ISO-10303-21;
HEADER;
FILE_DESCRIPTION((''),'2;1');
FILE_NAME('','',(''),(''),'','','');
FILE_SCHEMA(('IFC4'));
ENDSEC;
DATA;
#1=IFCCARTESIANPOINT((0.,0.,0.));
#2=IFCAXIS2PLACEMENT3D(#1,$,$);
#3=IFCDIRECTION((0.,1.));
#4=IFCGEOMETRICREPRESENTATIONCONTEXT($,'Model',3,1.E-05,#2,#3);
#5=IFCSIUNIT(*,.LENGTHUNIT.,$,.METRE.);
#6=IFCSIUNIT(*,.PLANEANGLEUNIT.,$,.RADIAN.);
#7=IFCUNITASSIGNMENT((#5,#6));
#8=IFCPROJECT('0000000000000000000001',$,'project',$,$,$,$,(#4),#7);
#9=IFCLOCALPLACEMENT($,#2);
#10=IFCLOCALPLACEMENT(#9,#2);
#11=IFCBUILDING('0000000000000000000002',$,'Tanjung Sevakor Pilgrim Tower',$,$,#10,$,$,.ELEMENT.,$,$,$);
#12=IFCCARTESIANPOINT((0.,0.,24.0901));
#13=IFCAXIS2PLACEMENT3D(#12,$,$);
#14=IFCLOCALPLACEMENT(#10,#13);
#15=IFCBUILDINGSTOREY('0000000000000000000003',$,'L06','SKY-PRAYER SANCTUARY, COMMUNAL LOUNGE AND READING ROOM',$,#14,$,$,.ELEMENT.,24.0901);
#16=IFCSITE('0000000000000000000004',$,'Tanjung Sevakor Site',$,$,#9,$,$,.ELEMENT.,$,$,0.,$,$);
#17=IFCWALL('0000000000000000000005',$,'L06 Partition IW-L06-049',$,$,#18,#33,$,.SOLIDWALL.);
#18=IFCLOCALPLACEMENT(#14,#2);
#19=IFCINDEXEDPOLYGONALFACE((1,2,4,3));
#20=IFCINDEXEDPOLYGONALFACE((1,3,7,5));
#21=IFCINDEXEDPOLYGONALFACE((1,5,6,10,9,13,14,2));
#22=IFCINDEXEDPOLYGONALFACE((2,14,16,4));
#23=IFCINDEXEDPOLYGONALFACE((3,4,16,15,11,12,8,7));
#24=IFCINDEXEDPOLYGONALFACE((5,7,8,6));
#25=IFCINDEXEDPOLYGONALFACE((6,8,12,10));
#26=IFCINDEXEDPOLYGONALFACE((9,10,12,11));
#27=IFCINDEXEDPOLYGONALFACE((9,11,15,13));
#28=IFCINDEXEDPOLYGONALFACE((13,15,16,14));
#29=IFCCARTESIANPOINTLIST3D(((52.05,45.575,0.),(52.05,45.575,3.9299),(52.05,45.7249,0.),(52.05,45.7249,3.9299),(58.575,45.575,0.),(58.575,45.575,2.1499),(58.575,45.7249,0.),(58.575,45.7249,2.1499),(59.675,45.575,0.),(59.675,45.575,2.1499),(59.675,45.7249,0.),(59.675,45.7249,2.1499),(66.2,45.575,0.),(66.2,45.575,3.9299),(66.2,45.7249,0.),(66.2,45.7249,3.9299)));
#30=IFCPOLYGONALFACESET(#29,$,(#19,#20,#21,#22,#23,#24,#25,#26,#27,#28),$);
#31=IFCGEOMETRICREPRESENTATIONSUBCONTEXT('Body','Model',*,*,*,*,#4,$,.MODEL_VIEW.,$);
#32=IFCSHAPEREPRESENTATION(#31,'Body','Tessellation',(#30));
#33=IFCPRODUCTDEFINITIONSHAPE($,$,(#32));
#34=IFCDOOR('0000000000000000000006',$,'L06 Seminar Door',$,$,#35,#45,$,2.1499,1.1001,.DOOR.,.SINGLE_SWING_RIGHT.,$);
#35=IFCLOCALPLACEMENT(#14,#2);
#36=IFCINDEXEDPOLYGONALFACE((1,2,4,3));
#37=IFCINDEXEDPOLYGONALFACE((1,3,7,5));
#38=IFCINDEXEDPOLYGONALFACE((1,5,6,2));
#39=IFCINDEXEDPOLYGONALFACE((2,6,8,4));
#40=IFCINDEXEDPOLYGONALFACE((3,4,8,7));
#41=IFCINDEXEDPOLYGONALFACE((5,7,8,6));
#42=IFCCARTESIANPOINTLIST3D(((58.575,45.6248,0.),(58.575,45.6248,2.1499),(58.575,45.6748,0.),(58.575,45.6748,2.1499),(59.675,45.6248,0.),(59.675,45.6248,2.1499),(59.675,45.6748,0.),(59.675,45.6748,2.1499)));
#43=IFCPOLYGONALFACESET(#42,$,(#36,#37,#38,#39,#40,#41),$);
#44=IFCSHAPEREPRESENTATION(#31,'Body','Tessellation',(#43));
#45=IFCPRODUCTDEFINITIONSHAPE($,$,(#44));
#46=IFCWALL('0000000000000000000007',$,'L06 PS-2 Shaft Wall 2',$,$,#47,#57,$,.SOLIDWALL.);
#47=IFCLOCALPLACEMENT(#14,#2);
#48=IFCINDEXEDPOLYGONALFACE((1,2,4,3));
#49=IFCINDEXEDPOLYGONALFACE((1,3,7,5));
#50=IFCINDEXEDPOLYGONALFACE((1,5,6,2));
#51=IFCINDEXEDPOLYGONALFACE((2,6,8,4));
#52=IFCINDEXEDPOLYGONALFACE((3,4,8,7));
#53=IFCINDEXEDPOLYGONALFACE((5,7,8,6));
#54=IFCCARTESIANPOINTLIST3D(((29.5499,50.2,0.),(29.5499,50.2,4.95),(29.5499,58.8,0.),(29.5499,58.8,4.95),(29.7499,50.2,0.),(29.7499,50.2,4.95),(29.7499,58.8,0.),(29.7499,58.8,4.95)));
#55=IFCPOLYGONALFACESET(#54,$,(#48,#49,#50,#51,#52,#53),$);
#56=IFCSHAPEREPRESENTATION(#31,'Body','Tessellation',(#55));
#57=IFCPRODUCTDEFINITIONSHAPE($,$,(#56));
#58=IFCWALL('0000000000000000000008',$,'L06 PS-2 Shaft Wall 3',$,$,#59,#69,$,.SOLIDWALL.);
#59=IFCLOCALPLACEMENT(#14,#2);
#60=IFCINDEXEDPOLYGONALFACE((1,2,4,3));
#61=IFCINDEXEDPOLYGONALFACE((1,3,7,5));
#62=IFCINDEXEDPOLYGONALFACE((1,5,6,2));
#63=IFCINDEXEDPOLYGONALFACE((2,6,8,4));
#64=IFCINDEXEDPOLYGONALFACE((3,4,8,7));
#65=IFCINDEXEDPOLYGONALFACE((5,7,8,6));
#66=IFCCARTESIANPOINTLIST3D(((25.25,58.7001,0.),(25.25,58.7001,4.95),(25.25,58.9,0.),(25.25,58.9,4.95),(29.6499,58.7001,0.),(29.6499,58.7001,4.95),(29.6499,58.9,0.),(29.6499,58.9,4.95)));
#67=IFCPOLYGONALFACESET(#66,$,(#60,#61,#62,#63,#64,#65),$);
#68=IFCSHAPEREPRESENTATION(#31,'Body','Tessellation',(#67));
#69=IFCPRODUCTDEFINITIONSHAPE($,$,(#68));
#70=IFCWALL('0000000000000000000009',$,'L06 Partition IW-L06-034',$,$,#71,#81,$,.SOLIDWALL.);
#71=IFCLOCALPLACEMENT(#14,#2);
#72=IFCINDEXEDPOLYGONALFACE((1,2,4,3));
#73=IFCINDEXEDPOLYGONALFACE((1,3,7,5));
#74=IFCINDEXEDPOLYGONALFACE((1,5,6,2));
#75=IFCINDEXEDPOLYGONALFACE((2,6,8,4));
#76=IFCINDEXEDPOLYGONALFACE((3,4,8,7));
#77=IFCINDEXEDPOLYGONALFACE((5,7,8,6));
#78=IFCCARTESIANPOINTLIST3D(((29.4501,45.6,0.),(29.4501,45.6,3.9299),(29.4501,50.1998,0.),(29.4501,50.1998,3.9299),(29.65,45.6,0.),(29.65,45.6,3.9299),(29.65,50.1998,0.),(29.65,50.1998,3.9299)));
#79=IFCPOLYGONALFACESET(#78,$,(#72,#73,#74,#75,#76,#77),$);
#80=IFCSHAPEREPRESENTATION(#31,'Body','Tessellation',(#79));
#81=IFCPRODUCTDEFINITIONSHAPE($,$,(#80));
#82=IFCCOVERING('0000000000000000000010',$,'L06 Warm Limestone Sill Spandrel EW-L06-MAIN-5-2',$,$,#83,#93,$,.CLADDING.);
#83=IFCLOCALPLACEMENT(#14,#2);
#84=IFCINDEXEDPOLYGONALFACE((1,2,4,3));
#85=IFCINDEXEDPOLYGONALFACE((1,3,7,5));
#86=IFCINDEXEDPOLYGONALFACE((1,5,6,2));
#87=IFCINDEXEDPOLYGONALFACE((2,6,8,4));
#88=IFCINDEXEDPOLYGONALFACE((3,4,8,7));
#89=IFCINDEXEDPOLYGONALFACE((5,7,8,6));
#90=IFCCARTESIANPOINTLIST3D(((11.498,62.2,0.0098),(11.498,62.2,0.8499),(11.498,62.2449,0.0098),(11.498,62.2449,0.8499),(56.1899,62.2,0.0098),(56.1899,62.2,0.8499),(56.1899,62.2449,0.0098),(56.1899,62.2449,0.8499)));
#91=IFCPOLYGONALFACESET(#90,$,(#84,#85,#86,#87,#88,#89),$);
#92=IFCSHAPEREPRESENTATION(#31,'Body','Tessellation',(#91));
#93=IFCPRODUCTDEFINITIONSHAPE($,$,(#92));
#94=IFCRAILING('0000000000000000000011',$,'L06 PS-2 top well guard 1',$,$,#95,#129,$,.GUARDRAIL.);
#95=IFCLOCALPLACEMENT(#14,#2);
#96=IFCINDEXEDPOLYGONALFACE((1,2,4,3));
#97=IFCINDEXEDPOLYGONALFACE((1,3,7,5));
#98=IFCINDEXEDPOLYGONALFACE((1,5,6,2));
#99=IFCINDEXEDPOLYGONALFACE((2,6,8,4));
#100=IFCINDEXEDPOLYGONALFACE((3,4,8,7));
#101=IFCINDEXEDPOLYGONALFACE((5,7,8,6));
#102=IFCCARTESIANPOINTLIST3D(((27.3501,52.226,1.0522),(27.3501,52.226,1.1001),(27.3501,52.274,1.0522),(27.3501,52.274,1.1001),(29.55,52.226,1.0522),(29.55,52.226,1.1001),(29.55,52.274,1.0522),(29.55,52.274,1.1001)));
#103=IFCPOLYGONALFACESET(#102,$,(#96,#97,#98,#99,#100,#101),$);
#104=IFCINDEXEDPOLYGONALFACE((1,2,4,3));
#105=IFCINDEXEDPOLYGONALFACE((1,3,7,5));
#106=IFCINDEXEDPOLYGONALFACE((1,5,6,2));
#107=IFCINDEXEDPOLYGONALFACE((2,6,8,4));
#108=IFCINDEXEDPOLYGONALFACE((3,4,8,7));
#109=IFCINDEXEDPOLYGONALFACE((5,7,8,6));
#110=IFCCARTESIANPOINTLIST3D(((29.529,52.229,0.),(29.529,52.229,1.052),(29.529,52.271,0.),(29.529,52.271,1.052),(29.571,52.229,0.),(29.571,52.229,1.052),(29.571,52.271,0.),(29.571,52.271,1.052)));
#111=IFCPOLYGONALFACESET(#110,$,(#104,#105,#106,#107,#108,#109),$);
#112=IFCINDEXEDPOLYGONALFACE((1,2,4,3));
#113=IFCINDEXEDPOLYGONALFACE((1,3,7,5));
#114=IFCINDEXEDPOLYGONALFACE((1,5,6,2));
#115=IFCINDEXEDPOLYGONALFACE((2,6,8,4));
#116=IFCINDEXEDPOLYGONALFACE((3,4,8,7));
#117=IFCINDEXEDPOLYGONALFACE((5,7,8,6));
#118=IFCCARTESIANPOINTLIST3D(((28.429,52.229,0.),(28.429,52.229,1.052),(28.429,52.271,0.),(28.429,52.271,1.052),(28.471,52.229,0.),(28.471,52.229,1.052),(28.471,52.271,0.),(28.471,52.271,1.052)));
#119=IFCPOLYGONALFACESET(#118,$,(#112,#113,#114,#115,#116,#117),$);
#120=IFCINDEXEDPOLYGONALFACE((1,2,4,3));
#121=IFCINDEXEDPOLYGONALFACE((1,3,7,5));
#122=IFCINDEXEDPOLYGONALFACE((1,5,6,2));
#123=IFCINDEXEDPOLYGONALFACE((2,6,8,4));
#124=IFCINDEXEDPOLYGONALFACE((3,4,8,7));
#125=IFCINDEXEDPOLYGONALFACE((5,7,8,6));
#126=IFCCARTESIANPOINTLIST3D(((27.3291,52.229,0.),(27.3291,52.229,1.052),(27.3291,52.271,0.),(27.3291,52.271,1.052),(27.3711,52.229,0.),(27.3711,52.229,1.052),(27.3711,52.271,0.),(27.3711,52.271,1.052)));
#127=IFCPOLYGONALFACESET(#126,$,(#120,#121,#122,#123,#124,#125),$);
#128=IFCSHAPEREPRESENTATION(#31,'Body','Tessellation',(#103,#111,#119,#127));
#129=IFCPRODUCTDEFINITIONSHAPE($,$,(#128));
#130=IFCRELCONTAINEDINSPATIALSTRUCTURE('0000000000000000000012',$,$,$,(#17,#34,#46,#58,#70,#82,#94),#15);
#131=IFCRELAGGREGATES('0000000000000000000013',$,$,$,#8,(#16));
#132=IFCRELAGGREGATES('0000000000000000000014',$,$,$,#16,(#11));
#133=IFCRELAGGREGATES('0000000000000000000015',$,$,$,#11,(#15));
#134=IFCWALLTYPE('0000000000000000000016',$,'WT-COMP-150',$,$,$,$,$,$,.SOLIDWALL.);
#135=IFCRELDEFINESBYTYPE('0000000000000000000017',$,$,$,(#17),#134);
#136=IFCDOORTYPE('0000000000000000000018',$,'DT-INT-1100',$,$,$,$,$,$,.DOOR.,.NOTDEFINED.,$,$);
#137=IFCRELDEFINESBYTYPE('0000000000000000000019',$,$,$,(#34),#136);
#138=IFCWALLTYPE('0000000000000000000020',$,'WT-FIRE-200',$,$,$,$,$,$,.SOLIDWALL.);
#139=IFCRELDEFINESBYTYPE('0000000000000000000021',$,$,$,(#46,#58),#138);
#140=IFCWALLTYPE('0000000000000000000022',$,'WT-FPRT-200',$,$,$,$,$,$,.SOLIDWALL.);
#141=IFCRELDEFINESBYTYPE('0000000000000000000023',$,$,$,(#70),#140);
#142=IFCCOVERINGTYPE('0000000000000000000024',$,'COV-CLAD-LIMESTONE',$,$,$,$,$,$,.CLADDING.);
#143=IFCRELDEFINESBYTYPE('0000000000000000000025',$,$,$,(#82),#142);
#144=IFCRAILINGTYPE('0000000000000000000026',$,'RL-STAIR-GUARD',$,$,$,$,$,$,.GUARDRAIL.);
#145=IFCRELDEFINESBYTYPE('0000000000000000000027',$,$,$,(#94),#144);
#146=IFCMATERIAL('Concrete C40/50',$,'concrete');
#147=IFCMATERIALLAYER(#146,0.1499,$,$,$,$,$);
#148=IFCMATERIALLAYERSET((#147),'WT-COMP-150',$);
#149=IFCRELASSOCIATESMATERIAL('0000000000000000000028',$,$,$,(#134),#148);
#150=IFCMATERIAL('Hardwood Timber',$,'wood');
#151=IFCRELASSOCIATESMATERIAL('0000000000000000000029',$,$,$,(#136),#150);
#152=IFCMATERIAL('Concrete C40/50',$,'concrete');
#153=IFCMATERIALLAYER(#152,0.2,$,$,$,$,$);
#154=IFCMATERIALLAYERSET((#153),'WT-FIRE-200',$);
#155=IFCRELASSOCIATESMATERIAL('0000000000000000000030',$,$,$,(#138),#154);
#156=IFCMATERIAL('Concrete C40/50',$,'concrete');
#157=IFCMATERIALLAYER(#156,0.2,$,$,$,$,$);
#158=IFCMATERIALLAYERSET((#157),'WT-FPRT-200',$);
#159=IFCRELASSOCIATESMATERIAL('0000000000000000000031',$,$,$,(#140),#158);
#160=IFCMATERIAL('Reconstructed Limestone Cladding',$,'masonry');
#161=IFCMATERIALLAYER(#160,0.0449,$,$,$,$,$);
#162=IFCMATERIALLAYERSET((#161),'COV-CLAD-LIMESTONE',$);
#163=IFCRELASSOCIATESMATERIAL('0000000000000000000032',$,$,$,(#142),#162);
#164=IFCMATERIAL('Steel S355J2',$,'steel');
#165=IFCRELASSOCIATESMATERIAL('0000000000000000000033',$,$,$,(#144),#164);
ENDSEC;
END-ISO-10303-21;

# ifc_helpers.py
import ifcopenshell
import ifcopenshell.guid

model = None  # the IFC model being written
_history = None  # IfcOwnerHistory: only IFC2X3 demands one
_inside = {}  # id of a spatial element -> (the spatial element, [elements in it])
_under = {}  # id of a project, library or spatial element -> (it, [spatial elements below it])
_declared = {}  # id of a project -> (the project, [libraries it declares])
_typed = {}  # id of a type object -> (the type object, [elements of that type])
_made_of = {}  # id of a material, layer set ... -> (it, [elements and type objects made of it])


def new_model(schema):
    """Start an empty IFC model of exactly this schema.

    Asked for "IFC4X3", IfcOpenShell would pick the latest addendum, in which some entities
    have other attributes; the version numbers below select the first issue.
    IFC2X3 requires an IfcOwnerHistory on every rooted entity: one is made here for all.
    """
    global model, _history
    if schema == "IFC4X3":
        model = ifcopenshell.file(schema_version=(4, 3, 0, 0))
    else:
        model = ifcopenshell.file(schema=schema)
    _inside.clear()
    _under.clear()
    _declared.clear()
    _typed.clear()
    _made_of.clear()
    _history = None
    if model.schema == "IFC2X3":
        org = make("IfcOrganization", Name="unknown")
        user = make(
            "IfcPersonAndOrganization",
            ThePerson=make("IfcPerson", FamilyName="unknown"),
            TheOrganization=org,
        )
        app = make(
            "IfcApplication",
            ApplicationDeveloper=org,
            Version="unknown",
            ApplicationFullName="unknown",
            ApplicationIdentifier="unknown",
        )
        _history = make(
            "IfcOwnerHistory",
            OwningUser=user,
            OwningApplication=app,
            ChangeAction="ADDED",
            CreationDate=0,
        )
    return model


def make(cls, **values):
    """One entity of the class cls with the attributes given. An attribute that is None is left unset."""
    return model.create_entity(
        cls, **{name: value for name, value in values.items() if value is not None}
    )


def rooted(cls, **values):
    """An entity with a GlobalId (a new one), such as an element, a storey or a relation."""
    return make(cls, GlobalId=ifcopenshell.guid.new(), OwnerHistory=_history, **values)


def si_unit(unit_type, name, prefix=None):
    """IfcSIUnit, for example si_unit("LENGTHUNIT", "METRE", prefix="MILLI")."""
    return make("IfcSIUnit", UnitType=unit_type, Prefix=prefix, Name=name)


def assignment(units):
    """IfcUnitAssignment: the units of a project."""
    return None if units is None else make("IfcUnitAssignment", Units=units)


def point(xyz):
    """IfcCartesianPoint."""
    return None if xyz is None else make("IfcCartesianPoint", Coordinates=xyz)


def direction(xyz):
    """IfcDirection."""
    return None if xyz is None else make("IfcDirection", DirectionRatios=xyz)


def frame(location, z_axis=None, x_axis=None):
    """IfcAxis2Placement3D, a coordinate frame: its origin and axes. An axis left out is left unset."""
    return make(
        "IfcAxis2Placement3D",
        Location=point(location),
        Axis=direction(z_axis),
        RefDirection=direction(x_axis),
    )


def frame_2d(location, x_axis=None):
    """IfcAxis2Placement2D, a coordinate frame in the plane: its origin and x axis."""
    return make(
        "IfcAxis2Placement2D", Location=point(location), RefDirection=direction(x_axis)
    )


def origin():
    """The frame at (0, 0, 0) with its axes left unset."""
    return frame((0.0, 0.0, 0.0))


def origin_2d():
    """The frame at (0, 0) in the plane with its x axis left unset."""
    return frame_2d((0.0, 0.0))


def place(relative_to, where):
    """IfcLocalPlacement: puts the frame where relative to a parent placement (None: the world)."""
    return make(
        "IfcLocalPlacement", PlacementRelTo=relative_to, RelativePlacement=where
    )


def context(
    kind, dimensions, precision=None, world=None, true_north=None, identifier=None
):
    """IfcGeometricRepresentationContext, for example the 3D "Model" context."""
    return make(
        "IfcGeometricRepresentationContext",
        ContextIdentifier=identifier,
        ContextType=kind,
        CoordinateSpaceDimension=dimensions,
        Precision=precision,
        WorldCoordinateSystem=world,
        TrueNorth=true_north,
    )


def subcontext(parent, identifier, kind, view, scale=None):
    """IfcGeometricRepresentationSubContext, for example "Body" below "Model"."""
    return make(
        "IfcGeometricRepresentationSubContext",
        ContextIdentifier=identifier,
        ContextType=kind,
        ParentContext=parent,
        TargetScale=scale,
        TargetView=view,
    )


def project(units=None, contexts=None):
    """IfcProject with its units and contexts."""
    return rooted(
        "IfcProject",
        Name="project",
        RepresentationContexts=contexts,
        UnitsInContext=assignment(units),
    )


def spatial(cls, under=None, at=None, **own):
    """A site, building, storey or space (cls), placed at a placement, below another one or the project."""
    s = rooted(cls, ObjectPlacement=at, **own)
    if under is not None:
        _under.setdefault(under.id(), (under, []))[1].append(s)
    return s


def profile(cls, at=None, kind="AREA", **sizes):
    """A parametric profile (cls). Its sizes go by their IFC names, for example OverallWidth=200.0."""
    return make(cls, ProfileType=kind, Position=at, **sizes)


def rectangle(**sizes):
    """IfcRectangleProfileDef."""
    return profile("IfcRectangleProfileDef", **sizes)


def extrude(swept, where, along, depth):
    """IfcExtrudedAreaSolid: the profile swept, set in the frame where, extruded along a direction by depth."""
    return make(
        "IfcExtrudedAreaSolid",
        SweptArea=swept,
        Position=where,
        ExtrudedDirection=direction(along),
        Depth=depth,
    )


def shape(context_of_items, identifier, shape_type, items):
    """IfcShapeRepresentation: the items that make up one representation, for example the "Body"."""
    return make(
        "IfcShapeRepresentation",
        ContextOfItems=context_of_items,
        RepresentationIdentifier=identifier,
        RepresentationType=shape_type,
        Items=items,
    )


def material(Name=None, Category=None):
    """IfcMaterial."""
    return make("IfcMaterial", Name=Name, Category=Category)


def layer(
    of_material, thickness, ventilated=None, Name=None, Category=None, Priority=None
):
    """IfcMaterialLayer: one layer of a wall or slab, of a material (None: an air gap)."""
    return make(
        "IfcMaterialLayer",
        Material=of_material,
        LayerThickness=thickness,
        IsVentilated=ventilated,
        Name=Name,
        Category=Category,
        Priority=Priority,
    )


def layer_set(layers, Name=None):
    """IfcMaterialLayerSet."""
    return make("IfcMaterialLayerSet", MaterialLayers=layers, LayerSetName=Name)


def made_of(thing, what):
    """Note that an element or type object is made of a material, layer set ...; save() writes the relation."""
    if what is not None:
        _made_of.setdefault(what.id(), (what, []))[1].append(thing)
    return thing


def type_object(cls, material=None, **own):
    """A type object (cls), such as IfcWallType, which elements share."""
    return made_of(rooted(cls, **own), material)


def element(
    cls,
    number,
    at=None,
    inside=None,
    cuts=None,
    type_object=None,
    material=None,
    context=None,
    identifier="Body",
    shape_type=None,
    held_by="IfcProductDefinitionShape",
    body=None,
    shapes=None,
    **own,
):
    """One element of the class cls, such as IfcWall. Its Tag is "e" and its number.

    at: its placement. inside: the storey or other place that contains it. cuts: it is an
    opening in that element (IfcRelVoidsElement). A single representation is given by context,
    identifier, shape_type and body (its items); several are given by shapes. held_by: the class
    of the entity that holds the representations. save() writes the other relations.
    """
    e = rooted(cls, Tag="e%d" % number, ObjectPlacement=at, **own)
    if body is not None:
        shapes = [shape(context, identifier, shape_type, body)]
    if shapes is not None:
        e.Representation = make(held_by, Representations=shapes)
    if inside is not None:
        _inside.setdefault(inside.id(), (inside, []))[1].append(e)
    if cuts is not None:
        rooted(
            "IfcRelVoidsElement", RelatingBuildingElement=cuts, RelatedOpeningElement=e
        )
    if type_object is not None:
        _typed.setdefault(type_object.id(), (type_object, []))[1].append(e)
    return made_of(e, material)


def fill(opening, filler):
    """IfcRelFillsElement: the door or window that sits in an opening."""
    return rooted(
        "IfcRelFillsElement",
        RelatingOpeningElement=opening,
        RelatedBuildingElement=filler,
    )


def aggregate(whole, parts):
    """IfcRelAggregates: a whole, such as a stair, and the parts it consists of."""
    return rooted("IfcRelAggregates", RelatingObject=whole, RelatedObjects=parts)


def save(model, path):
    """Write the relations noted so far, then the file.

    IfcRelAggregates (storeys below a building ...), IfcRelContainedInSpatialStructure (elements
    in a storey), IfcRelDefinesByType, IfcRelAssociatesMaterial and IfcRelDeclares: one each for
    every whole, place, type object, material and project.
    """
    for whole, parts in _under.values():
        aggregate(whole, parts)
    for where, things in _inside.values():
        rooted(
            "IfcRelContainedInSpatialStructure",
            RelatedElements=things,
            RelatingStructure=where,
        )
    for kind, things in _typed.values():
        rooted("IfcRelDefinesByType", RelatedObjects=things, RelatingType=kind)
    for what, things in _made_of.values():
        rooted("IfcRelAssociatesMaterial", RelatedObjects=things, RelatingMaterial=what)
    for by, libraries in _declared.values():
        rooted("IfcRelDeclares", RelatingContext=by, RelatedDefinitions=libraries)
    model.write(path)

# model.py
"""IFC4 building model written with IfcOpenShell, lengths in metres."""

from ifc_helpers import new_model, si_unit, direction, frame, frame_2d, origin, origin_2d, place, context, subcontext, project, spatial, rectangle, extrude, material, layer, layer_set, type_object, element, fill, save


model = new_model("IFC4")

# Units and contexts
model_context = context("Model", 3, precision=1e-05, world=origin(), true_north=direction((0.0, 1.0)))
body_context = subcontext(model_context, "Body", "Model", "MODEL_VIEW")
ifc_project = project(units=[si_unit("LENGTHUNIT", "METRE"), si_unit("PLANEANGLEUNIT", "RADIAN")], contexts=[model_context])

# Site, building, storey
site_placement = place(None, origin())
site = spatial("IfcSite", under=ifc_project, at=site_placement, Name="Tanjung Sevakor Site", CompositionType="ELEMENT", RefElevation=0.0)
building_placement = place(site_placement, origin())
building = spatial("IfcBuilding", under=site, at=building_placement, Name="Tanjung Sevakor Pilgrim Tower", CompositionType="ELEMENT")
storey_placement = place(building_placement, frame((0.0, 0.0, 24.0901)))
storey = spatial("IfcBuildingStorey", under=building, at=storey_placement, Name="L06", Description="SKY-PRAYER SANCTUARY, COMMUNAL LOUNGE AND READING ROOM", CompositionType="ELEMENT", Elevation=24.0901)

# Shared definitions
ifc_material_1 = material(Name="Concrete C40/50", Category="concrete")
ifc_layer_1 = layer(ifc_material_1, 0.1499)
ifc_layer_set_1 = layer_set([ifc_layer_1], Name="WT-COMP-150")
wall_type_1 = type_object("IfcWallType", Name="WT-COMP-150", PredefinedType="SOLIDWALL", material=ifc_layer_set_1)

# Wall, opening, door
wall_1_placement = place(storey_placement, frame((52.05, 45.6499, 0.0), z_axis=(0.0, 0.0, 1.0), x_axis=(1.0, 0.0, 0.0)))
wall_1 = element("IfcWall", 1, at=wall_1_placement, inside=storey, type_object=wall_type_1, Name="L06 Partition IW-L06-049", PredefinedType="SOLIDWALL", context=body_context, shape_type="SweptSolid", body=[
    extrude(rectangle(XDim=14.1499, YDim=0.1499, at=frame_2d((7.075, 0.0))), origin(), (0.0, 0.0, 1.0), 3.9299),
])
opening_1_placement = place(wall_1_placement, frame((6.5249, 0.0, 0.0)))
opening_1 = element("IfcOpeningElement", 2, at=opening_1_placement, cuts=wall_1, PredefinedType="OPENING", context=body_context, shape_type="SweptSolid", body=[
    extrude(rectangle(XDim=1.1001, YDim=2.1499, at=frame_2d((0.55, 1.075))), frame((0.0, 0.085, 0.0), z_axis=(0.0, -1.0, 0.0), x_axis=(1.0, 0.0, 0.0)), (0.0, 0.0, 1.0), 0.1699),
])
ifc_material_2 = material(Name="Hardwood Timber", Category="wood")
door_type_1 = type_object("IfcDoorType", Name="DT-INT-1100", OperationType="NOTDEFINED", PredefinedType="DOOR", material=ifc_material_2)
door_1_placement = place(opening_1_placement, origin())
door_1 = element("IfcDoor", 3, at=door_1_placement, inside=storey, type_object=door_type_1, Name="L06 Seminar Door", OperationType="SINGLE_SWING_RIGHT", OverallHeight=2.1499, OverallWidth=1.1001, PredefinedType="DOOR", context=body_context, shape_type="SweptSolid", body=[
    extrude(rectangle(XDim=1.1001, YDim=2.1499, at=frame_2d((0.55, 1.075))), frame((0.0, 0.0249, 0.0), z_axis=(0.0, -1.0, 0.0), x_axis=(1.0, 0.0, 0.0)), (0.0, 0.0, 1.0), 0.05),
])
fill(opening_1, door_1)

# Walls
ifc_material_3 = material(Name="Concrete C40/50", Category="concrete")
ifc_layer_2 = layer(ifc_material_3, 0.2)
ifc_layer_set_2 = layer_set([ifc_layer_2], Name="WT-FIRE-200")
wall_type_2 = type_object("IfcWallType", Name="WT-FIRE-200", PredefinedType="SOLIDWALL", material=ifc_layer_set_2)
wall_2_placement = place(storey_placement, frame((29.6499, 50.2, 0.0), z_axis=(0.0, 0.0, 1.0), x_axis=(0.0, 1.0, 0.0)))
element("IfcWall", 4, at=wall_2_placement, inside=storey, type_object=wall_type_2, Name="L06 PS-2 Shaft Wall 2", PredefinedType="SOLIDWALL", context=body_context, shape_type="SweptSolid", body=[
    extrude(rectangle(XDim=8.6001, YDim=0.2, at=frame_2d((4.3, 0.0))), origin(), (0.0, 0.0, 1.0), 4.95),
])
wall_3_placement = place(storey_placement, frame((29.6499, 58.8, 0.0), z_axis=(0.0, 0.0, 1.0), x_axis=(-1.0, 0.0, 0.0)))
element("IfcWall", 5, at=wall_3_placement, inside=storey, type_object=wall_type_2, Name="L06 PS-2 Shaft Wall 3", PredefinedType="SOLIDWALL", context=body_context, shape_type="SweptSolid", body=[
    extrude(rectangle(XDim=4.3999, YDim=0.2, at=frame_2d((2.2, 0.0))), origin(), (0.0, 0.0, 1.0), 4.95),
])
ifc_material_4 = material(Name="Concrete C40/50", Category="concrete")
ifc_layer_3 = layer(ifc_material_4, 0.2)
ifc_layer_set_3 = layer_set([ifc_layer_3], Name="WT-FPRT-200")
wall_type_3 = type_object("IfcWallType", Name="WT-FPRT-200", PredefinedType="SOLIDWALL", material=ifc_layer_set_3)
wall_4_placement = place(storey_placement, frame((29.55, 45.6001, 0.0), z_axis=(0.0, 0.0, 1.0), x_axis=(0.0, 1.0, 0.0)))
element("IfcWall", 6, at=wall_4_placement, inside=storey, type_object=wall_type_3, Name="L06 Partition IW-L06-034", PredefinedType="SOLIDWALL", context=body_context, shape_type="SweptSolid", body=[
    extrude(rectangle(XDim=4.5999, YDim=0.2, at=frame_2d((2.2998, 0.0))), origin(), (0.0, 0.0, 1.0), 3.9299),
])

# Covering
ifc_material_5 = material(Name="Reconstructed Limestone Cladding", Category="masonry")
ifc_layer_4 = layer(ifc_material_5, 0.0449)
ifc_layer_set_4 = layer_set([ifc_layer_4], Name="COV-CLAD-LIMESTONE")
covering_type = type_object("IfcCoveringType", Name="COV-CLAD-LIMESTONE", PredefinedType="CLADDING", material=ifc_layer_set_4)
covering_placement = place(storey_placement, frame((33.844, 62.2224, 0.0098), z_axis=(0.0, 0.0, 1.0), x_axis=(-1.0, 0.0, 0.0)))
element("IfcCovering", 7, at=covering_placement, inside=storey, type_object=covering_type, Name="L06 Warm Limestone Sill Spandrel EW-L06-MAIN-5-2", PredefinedType="CLADDING", context=body_context, shape_type="SweptSolid", body=[
    extrude(rectangle(XDim=44.6919, YDim=0.0449, at=origin_2d()), origin(), (0.0, 0.0, 1.0), 0.8401),
])

# Railing
ifc_material_6 = material(Name="Steel S355J2", Category="steel")
railing_type = type_object("IfcRailingType", Name="RL-STAIR-GUARD", PredefinedType="GUARDRAIL", material=ifc_material_6)
railing_placement = place(storey_placement, frame((29.55, 52.25, 0.0)))
element("IfcRailing", 8, at=railing_placement, inside=storey, type_object=railing_type, Name="L06 PS-2 top well guard 1", PredefinedType="GUARDRAIL", context=body_context, shape_type="SweptSolid", body=[
    extrude(rectangle(XDim=0.0479, YDim=0.0479), frame((0.0, 0.0, 1.0762), z_axis=(-1.0, 0.0, 0.0), x_axis=(0.0, -1.0, 0.0)), (0.0, 0.0, 1.0), 2.2),
    extrude(rectangle(XDim=0.042, YDim=0.042), origin(), (0.0, 0.0, 1.0), 1.052),
    extrude(rectangle(XDim=0.042, YDim=0.042), frame((-1.1001, 0.0, 0.0)), (0.0, 0.0, 1.0), 1.052),
    extrude(rectangle(XDim=0.042, YDim=0.042), frame((-2.2, 0.0, 0.0)), (0.0, 0.0, 1.0), 1.052),
])

save(model, "model.ifc")
